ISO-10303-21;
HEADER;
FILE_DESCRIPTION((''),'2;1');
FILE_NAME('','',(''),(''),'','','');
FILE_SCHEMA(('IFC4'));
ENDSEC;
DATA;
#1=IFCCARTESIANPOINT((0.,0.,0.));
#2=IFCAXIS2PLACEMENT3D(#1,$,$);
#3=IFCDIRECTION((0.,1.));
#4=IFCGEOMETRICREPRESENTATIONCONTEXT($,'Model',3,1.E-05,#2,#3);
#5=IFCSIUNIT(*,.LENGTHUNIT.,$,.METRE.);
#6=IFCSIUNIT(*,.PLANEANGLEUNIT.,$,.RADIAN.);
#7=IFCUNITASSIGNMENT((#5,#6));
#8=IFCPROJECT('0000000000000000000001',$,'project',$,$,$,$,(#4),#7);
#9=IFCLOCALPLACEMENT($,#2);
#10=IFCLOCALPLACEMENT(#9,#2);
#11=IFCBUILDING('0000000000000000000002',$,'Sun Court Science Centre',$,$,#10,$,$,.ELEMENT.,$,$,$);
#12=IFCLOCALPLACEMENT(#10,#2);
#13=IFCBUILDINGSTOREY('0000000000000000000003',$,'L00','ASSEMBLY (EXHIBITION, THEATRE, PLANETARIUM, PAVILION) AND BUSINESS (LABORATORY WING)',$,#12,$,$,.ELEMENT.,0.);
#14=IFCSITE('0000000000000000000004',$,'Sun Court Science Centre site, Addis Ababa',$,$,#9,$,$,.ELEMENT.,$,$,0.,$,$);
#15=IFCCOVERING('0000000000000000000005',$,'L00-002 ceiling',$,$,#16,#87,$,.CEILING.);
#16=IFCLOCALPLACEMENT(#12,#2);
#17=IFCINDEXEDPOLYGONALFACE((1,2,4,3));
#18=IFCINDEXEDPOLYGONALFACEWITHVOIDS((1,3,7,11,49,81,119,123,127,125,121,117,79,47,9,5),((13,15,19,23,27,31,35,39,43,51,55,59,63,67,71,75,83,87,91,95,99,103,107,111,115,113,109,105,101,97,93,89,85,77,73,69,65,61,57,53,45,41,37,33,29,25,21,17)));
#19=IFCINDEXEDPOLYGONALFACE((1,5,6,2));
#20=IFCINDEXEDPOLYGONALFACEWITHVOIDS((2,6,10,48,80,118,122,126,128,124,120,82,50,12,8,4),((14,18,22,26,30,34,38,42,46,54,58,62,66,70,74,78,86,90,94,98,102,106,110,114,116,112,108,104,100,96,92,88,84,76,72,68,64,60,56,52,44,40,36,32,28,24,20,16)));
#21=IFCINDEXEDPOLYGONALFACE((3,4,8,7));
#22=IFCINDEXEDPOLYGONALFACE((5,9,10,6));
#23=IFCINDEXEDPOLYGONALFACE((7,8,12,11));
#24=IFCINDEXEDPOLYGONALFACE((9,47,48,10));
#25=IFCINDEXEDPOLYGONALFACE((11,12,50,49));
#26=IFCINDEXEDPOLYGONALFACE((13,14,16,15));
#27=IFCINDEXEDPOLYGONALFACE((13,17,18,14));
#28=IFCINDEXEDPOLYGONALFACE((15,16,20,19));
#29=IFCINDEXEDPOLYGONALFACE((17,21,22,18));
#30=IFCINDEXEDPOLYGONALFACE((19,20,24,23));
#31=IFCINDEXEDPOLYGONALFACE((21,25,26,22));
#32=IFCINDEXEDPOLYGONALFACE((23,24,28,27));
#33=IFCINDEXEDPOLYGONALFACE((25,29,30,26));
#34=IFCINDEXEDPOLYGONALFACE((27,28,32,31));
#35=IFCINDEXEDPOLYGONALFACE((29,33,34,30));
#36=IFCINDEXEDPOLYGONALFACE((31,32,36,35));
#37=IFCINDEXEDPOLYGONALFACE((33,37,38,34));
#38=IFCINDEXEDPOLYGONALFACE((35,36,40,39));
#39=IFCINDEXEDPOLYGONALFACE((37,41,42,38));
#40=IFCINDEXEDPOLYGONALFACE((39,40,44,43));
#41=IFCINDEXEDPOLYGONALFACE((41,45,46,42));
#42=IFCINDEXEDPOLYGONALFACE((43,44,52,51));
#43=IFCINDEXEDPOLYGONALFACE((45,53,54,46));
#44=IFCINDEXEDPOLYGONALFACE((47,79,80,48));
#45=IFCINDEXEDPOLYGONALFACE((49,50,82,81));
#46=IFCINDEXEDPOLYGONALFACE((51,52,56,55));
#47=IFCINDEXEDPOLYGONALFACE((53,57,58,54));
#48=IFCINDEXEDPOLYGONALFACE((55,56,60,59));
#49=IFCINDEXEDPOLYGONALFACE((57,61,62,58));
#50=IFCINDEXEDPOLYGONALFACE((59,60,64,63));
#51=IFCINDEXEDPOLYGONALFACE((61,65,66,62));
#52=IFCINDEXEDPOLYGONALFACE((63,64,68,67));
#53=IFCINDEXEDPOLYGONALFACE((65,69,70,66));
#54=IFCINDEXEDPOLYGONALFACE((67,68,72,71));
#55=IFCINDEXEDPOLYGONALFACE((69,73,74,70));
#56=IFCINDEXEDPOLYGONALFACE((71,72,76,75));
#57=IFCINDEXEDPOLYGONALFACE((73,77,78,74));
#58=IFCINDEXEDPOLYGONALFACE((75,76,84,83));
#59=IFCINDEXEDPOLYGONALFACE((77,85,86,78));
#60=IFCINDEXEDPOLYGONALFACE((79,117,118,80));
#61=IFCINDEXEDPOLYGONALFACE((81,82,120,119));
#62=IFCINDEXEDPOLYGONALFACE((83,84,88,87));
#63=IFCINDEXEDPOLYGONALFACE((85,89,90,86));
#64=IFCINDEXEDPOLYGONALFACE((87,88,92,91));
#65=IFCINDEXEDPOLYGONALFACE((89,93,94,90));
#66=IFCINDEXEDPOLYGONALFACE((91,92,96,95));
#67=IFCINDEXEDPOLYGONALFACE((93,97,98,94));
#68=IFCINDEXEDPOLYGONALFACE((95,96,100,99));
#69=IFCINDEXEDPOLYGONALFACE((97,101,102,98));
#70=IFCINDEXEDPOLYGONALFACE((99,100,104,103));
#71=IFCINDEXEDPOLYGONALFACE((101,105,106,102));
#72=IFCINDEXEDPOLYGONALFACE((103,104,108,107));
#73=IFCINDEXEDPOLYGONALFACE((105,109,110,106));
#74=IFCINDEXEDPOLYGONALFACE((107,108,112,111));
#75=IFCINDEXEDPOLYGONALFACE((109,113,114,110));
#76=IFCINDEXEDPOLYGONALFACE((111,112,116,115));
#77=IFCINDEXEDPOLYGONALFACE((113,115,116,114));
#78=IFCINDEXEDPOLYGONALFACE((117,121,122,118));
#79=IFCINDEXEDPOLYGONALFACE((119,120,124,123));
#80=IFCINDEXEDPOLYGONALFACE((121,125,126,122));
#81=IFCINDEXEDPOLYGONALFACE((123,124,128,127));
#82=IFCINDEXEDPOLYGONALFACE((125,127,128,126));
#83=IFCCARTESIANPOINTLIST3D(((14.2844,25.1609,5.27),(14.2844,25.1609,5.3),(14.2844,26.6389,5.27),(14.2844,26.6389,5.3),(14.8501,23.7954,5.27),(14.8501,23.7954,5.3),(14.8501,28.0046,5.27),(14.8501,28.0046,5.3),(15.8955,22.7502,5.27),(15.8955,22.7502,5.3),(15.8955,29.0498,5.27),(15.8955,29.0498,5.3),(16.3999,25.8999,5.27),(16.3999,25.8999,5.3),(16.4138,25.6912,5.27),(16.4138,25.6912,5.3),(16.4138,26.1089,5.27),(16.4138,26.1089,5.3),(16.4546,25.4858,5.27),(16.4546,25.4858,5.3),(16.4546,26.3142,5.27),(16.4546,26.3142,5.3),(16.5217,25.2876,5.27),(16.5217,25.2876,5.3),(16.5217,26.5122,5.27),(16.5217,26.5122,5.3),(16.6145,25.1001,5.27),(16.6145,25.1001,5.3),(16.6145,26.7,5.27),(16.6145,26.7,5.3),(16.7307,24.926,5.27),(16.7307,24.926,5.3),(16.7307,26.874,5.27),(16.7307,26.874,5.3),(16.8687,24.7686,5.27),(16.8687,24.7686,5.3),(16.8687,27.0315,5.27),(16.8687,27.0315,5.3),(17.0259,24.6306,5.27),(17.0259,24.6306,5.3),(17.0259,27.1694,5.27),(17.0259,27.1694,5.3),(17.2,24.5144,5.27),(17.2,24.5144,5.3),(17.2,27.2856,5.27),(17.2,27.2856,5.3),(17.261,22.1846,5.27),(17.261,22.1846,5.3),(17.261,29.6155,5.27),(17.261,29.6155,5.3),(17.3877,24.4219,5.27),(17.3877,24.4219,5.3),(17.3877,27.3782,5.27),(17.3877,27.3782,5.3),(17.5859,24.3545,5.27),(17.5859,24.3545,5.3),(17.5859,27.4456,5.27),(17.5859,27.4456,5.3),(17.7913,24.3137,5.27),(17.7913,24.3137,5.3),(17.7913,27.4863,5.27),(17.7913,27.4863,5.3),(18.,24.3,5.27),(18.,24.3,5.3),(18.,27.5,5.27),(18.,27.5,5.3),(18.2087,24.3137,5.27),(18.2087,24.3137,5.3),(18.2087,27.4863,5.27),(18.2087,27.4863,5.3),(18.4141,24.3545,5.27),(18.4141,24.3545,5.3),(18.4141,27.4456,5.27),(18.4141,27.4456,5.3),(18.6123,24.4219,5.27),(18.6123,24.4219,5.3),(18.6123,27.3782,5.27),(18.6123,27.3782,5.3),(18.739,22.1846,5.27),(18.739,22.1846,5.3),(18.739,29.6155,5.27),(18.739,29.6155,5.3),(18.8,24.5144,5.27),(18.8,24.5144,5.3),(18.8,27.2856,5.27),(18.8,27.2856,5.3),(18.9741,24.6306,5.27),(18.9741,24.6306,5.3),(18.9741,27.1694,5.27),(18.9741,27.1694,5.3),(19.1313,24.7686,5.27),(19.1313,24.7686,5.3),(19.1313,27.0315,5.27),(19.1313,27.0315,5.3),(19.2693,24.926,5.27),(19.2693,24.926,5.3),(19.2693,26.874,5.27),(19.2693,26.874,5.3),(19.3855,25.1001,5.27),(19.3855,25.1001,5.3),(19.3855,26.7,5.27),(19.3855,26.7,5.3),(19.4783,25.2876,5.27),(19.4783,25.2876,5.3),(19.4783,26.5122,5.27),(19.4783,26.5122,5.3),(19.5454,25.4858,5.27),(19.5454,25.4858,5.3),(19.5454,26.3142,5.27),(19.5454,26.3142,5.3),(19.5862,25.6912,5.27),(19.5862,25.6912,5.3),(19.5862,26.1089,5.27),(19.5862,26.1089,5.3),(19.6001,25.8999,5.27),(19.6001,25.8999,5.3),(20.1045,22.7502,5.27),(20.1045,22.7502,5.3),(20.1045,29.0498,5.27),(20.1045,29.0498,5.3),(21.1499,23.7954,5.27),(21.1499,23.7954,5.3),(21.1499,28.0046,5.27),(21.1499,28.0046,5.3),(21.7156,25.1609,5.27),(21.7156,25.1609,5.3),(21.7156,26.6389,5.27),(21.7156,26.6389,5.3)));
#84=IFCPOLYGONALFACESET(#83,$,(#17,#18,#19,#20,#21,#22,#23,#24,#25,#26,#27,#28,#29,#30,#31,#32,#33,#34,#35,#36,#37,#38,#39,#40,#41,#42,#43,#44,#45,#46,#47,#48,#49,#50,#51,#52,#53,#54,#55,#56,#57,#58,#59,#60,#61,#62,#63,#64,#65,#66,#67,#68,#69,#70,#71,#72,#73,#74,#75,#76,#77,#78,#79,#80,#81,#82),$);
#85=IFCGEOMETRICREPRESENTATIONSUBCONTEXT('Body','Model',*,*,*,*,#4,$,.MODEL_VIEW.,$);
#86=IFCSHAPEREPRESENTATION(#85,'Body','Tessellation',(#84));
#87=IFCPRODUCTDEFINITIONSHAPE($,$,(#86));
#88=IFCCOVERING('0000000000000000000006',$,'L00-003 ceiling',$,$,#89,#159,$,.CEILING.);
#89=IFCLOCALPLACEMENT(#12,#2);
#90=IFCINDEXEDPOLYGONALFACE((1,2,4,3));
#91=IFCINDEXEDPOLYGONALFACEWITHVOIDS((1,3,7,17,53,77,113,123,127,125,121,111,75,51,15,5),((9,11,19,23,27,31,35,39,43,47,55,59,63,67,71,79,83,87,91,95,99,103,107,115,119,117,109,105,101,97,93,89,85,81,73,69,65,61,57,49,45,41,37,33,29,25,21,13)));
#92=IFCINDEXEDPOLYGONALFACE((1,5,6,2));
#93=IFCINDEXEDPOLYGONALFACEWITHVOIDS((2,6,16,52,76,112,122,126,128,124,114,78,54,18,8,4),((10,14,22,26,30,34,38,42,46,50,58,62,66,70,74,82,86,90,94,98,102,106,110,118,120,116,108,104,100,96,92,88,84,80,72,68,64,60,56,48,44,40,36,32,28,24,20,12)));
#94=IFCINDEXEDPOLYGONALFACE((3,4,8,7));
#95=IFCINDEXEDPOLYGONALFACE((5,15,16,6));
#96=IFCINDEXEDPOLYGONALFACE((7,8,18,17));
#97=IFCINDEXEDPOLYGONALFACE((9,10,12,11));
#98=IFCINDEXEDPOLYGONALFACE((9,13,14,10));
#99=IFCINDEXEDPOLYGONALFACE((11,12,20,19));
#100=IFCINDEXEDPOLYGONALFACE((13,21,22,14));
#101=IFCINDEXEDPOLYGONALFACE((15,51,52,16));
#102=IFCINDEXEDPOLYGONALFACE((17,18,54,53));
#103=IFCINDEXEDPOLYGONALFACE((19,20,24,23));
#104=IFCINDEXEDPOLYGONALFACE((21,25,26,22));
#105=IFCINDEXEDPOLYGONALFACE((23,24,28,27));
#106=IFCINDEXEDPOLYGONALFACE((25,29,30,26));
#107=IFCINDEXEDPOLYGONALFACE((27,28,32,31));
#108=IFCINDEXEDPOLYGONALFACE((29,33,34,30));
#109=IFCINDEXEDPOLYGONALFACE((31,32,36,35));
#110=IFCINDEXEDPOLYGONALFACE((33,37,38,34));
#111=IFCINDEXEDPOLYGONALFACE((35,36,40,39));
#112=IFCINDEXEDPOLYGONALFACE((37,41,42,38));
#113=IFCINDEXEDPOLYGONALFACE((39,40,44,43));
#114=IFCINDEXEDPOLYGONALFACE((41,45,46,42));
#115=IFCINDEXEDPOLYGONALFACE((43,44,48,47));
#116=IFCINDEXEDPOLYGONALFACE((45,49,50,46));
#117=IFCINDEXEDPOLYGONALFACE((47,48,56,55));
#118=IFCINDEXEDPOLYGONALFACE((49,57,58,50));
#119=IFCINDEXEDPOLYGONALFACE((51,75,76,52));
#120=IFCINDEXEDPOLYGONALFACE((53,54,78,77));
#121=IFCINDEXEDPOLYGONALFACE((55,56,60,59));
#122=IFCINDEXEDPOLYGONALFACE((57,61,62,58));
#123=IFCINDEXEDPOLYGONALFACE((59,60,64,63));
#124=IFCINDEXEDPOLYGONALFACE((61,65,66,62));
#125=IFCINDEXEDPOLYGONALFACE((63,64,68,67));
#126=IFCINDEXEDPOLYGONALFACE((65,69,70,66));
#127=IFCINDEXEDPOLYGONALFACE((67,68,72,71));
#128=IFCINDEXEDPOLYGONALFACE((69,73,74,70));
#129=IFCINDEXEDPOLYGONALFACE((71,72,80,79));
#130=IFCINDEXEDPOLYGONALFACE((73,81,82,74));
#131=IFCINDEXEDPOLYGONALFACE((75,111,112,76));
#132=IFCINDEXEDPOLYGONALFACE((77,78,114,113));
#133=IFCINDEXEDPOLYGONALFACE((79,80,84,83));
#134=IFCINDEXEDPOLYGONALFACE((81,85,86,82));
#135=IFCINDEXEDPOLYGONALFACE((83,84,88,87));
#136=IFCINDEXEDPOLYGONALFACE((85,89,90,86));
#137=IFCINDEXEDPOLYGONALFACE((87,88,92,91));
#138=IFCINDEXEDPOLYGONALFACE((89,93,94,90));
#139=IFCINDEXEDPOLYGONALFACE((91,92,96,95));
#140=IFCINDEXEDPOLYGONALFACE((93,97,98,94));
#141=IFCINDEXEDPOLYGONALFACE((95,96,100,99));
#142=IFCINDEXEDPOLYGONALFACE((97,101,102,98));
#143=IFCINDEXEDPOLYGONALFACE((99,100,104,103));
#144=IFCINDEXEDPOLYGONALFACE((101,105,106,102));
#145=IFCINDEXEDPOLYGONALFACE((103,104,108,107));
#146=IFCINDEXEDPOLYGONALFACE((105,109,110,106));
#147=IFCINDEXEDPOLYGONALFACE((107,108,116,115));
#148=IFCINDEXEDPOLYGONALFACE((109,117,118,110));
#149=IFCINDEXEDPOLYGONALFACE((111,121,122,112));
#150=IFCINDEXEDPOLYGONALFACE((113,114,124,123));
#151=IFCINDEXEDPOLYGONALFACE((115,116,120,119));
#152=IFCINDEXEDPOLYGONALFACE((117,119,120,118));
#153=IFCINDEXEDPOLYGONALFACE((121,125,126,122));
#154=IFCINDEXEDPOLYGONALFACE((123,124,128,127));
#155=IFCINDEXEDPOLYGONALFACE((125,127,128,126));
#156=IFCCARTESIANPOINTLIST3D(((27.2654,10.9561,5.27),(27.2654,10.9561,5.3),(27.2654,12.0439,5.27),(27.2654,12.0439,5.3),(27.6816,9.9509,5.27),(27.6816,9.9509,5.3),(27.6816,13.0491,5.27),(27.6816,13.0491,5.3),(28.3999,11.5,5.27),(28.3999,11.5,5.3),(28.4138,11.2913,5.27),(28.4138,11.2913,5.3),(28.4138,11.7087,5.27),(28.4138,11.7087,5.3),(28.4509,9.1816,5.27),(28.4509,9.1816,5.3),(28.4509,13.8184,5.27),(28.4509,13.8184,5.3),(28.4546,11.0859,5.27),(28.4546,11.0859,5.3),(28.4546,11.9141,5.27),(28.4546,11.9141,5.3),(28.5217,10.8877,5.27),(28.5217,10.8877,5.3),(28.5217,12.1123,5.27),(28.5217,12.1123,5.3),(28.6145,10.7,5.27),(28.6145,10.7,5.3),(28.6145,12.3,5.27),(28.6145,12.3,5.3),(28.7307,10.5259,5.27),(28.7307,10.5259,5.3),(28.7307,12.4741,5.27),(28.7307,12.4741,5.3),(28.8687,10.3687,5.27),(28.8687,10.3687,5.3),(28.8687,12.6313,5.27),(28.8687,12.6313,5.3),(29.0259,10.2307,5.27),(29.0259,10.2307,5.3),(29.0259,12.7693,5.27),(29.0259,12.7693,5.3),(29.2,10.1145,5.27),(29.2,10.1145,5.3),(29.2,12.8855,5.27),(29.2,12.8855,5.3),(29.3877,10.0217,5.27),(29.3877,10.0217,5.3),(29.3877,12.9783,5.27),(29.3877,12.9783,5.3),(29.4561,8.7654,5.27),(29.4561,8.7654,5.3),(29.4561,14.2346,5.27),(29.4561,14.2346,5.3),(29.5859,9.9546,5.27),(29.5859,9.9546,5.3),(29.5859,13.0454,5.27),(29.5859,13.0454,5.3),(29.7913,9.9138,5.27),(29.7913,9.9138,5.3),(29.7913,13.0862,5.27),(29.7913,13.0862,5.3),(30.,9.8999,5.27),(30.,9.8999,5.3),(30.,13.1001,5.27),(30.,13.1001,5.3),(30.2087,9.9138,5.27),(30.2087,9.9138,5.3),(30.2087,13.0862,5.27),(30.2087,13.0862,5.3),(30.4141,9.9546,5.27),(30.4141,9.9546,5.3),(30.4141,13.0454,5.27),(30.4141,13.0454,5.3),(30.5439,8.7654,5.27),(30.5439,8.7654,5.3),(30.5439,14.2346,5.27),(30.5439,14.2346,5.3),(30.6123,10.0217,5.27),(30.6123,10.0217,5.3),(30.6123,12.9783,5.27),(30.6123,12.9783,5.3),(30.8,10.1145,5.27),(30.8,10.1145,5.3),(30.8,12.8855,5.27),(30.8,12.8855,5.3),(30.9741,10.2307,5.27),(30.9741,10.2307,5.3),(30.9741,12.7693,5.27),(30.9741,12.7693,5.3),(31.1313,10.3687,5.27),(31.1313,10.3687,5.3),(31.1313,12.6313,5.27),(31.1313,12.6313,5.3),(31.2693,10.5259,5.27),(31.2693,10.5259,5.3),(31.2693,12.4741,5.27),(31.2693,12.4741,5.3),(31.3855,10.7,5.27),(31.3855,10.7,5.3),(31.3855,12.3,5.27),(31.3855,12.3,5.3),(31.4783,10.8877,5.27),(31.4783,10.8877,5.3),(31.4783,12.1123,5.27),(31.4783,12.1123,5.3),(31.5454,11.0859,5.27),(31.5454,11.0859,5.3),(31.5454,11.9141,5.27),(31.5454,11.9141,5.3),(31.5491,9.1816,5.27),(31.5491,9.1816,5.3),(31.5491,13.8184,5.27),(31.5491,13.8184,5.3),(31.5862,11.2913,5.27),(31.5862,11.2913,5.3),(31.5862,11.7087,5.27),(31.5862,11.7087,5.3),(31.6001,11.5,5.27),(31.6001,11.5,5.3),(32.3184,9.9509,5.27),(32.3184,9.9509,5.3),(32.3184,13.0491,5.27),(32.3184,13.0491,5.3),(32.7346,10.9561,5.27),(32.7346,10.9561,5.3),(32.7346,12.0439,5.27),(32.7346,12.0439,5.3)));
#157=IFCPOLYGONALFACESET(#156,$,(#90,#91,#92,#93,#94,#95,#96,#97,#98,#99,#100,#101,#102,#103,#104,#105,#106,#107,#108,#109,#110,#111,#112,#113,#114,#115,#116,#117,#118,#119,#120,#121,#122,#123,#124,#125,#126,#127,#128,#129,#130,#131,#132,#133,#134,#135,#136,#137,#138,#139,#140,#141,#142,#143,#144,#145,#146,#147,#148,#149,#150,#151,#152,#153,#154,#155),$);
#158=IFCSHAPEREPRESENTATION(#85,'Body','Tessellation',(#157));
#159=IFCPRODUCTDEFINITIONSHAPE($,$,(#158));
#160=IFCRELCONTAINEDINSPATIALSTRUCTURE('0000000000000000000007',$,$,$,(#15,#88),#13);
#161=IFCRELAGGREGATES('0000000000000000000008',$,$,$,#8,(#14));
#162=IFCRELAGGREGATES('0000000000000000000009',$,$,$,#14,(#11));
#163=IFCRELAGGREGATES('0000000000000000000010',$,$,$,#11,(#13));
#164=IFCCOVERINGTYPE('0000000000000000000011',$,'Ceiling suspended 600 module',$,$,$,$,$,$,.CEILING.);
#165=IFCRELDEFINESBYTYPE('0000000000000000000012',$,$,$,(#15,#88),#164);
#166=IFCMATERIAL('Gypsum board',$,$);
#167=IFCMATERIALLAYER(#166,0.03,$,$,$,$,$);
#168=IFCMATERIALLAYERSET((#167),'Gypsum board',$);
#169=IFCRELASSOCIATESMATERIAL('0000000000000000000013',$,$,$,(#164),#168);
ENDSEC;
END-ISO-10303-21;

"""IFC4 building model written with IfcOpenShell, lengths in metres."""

from ifc_helpers import new_model, si_unit, direction, frame, origin, place, context, subcontext, project, spatial, polyline, outline, extrude, material, layer, layer_set, type_object, element, save


model = new_model("IFC4")

# Units and contexts
model_context = context("Model", 3, precision=1e-05, world=origin(), true_north=direction((0.0, 1.0)))
body_context = subcontext(model_context, "Body", "Model", "MODEL_VIEW")
ifc_project = project(units=[si_unit("LENGTHUNIT", "METRE"), si_unit("PLANEANGLEUNIT", "RADIAN")], contexts=[model_context])

# Site, building, storey
site_placement = place(None, origin())
site = spatial("IfcSite", under=ifc_project, at=site_placement, Name="Sun Court Science Centre site, Addis Ababa", CompositionType="ELEMENT", RefElevation=0.0)
building_placement = place(site_placement, origin())
building = spatial("IfcBuilding", under=site, at=building_placement, Name="Sun Court Science Centre", CompositionType="ELEMENT")
storey_placement = place(building_placement, origin())
storey = spatial("IfcBuildingStorey", under=building, at=storey_placement, Name="L00", Description="ASSEMBLY (EXHIBITION, THEATRE, PLANETARIUM, PAVILION) AND BUSINESS (LABORATORY WING)", CompositionType="ELEMENT", Elevation=0.0)

# Coverings
ifc_material_1 = material(Name="Gypsum board")
ifc_layer_1 = layer(ifc_material_1, 0.03)
ifc_layer_set_1 = layer_set([ifc_layer_1], Name="Gypsum board")
covering_type = type_object("IfcCoveringType", Name="Ceiling suspended 600 module", PredefinedType="CEILING", material=ifc_layer_set_1)
covering_1_placement = place(storey_placement, frame((0.0, 0.0, 5.27)))
element("IfcCovering", 1, at=covering_1_placement, inside=storey, type_object=covering_type, Name="L00-002 ceiling", PredefinedType="CEILING", context=body_context, shape_type="SweptSolid", body=[
    extrude(outline(polyline([(21.1499, 23.7954), (20.1045, 22.7502), (18.739, 22.1846), (17.261, 22.1846), (15.8955, 22.7502), (14.8501, 23.7954), (14.2844, 25.1609), (14.2844, 26.6389), (14.8501, 28.0046), (15.8955, 29.0498), (17.261, 29.6155), (18.739, 29.6155), (20.1045, 29.0498), (21.1499, 28.0046), (21.7156, 26.6389), (21.7156, 25.1609), (21.1499, 23.7954)]), holes=[polyline([(19.4783, 26.5122), (19.3855, 26.7), (19.2693, 26.874), (19.1313, 27.0315), (18.9741, 27.1694), (18.8, 27.2856), (18.6123, 27.3782), (18.4141, 27.4456), (18.2087, 27.4863), (18.0, 27.5), (17.7913, 27.4863), (17.5859, 27.4456), (17.3877, 27.3782), (17.2, 27.2856), (17.0259, 27.1694), (16.8687, 27.0315), (16.7307, 26.874), (16.6145, 26.7), (16.5217, 26.5122), (16.4546, 26.3142), (16.4138, 26.1089), (16.3999, 25.8999), (16.4138, 25.6912), (16.4546, 25.4858), (16.5217, 25.2876), (16.6145, 25.1001), (16.7307, 24.926), (16.8687, 24.7686), (17.0259, 24.6306), (17.2, 24.5144), (17.3877, 24.4219), (17.5859, 24.3545), (17.7913, 24.3137), (18.0, 24.3), (18.2087, 24.3137), (18.4141, 24.3545), (18.6123, 24.4219), (18.8, 24.5144), (18.9741, 24.6306), (19.1313, 24.7686), (19.2693, 24.926), (19.3855, 25.1001), (19.4783, 25.2876), (19.5454, 25.4858), (19.5862, 25.6912), (19.6001, 25.8999), (19.5862, 26.1089), (19.5454, 26.3142), (19.4783, 26.5122)])]), origin(), (0.0, 0.0, 1.0), 0.03),
])
covering_2_placement = place(storey_placement, frame((0.0, 0.0, 5.27)))
element("IfcCovering", 2, at=covering_2_placement, inside=storey, type_object=covering_type, Name="L00-003 ceiling", PredefinedType="CEILING", context=body_context, shape_type="SweptSolid", body=[
    extrude(outline(polyline([(32.3184, 9.9509), (31.5491, 9.1816), (30.5439, 8.7654), (29.4561, 8.7654), (28.4509, 9.1816), (27.6816, 9.9509), (27.2654, 10.9561), (27.2654, 12.0439), (27.6816, 13.0491), (28.4509, 13.8184), (29.4561, 14.2346), (30.5439, 14.2346), (31.5491, 13.8184), (32.3184, 13.0491), (32.7346, 12.0439), (32.7346, 10.9561), (32.3184, 9.9509)]), holes=[polyline([(31.4783, 12.1123), (31.3855, 12.3), (31.2693, 12.4741), (31.1313, 12.6313), (30.9741, 12.7693), (30.8, 12.8855), (30.6123, 12.9783), (30.4141, 13.0454), (30.2087, 13.0862), (30.0, 13.1001), (29.7913, 13.0862), (29.5859, 13.0454), (29.3877, 12.9783), (29.2, 12.8855), (29.0259, 12.7693), (28.8687, 12.6313), (28.7307, 12.4741), (28.6145, 12.3), (28.5217, 12.1123), (28.4546, 11.9141), (28.4138, 11.7087), (28.3999, 11.5), (28.4138, 11.2913), (28.4546, 11.0859), (28.5217, 10.8877), (28.6145, 10.7), (28.7307, 10.5259), (28.8687, 10.3687), (29.0259, 10.2307), (29.2, 10.1145), (29.3877, 10.0217), (29.5859, 9.9546), (29.7913, 9.9138), (30.0, 9.8999), (30.2087, 9.9138), (30.4141, 9.9546), (30.6123, 10.0217), (30.8, 10.1145), (30.9741, 10.2307), (31.1313, 10.3687), (31.2693, 10.5259), (31.3855, 10.7), (31.4783, 10.8877), (31.5454, 11.0859), (31.5862, 11.2913), (31.6001, 11.5), (31.5862, 11.7087), (31.5454, 11.9141), (31.4783, 12.1123)])]), origin(), (0.0, 0.0, 1.0), 0.03),
])

save(model, "model.ifc")
